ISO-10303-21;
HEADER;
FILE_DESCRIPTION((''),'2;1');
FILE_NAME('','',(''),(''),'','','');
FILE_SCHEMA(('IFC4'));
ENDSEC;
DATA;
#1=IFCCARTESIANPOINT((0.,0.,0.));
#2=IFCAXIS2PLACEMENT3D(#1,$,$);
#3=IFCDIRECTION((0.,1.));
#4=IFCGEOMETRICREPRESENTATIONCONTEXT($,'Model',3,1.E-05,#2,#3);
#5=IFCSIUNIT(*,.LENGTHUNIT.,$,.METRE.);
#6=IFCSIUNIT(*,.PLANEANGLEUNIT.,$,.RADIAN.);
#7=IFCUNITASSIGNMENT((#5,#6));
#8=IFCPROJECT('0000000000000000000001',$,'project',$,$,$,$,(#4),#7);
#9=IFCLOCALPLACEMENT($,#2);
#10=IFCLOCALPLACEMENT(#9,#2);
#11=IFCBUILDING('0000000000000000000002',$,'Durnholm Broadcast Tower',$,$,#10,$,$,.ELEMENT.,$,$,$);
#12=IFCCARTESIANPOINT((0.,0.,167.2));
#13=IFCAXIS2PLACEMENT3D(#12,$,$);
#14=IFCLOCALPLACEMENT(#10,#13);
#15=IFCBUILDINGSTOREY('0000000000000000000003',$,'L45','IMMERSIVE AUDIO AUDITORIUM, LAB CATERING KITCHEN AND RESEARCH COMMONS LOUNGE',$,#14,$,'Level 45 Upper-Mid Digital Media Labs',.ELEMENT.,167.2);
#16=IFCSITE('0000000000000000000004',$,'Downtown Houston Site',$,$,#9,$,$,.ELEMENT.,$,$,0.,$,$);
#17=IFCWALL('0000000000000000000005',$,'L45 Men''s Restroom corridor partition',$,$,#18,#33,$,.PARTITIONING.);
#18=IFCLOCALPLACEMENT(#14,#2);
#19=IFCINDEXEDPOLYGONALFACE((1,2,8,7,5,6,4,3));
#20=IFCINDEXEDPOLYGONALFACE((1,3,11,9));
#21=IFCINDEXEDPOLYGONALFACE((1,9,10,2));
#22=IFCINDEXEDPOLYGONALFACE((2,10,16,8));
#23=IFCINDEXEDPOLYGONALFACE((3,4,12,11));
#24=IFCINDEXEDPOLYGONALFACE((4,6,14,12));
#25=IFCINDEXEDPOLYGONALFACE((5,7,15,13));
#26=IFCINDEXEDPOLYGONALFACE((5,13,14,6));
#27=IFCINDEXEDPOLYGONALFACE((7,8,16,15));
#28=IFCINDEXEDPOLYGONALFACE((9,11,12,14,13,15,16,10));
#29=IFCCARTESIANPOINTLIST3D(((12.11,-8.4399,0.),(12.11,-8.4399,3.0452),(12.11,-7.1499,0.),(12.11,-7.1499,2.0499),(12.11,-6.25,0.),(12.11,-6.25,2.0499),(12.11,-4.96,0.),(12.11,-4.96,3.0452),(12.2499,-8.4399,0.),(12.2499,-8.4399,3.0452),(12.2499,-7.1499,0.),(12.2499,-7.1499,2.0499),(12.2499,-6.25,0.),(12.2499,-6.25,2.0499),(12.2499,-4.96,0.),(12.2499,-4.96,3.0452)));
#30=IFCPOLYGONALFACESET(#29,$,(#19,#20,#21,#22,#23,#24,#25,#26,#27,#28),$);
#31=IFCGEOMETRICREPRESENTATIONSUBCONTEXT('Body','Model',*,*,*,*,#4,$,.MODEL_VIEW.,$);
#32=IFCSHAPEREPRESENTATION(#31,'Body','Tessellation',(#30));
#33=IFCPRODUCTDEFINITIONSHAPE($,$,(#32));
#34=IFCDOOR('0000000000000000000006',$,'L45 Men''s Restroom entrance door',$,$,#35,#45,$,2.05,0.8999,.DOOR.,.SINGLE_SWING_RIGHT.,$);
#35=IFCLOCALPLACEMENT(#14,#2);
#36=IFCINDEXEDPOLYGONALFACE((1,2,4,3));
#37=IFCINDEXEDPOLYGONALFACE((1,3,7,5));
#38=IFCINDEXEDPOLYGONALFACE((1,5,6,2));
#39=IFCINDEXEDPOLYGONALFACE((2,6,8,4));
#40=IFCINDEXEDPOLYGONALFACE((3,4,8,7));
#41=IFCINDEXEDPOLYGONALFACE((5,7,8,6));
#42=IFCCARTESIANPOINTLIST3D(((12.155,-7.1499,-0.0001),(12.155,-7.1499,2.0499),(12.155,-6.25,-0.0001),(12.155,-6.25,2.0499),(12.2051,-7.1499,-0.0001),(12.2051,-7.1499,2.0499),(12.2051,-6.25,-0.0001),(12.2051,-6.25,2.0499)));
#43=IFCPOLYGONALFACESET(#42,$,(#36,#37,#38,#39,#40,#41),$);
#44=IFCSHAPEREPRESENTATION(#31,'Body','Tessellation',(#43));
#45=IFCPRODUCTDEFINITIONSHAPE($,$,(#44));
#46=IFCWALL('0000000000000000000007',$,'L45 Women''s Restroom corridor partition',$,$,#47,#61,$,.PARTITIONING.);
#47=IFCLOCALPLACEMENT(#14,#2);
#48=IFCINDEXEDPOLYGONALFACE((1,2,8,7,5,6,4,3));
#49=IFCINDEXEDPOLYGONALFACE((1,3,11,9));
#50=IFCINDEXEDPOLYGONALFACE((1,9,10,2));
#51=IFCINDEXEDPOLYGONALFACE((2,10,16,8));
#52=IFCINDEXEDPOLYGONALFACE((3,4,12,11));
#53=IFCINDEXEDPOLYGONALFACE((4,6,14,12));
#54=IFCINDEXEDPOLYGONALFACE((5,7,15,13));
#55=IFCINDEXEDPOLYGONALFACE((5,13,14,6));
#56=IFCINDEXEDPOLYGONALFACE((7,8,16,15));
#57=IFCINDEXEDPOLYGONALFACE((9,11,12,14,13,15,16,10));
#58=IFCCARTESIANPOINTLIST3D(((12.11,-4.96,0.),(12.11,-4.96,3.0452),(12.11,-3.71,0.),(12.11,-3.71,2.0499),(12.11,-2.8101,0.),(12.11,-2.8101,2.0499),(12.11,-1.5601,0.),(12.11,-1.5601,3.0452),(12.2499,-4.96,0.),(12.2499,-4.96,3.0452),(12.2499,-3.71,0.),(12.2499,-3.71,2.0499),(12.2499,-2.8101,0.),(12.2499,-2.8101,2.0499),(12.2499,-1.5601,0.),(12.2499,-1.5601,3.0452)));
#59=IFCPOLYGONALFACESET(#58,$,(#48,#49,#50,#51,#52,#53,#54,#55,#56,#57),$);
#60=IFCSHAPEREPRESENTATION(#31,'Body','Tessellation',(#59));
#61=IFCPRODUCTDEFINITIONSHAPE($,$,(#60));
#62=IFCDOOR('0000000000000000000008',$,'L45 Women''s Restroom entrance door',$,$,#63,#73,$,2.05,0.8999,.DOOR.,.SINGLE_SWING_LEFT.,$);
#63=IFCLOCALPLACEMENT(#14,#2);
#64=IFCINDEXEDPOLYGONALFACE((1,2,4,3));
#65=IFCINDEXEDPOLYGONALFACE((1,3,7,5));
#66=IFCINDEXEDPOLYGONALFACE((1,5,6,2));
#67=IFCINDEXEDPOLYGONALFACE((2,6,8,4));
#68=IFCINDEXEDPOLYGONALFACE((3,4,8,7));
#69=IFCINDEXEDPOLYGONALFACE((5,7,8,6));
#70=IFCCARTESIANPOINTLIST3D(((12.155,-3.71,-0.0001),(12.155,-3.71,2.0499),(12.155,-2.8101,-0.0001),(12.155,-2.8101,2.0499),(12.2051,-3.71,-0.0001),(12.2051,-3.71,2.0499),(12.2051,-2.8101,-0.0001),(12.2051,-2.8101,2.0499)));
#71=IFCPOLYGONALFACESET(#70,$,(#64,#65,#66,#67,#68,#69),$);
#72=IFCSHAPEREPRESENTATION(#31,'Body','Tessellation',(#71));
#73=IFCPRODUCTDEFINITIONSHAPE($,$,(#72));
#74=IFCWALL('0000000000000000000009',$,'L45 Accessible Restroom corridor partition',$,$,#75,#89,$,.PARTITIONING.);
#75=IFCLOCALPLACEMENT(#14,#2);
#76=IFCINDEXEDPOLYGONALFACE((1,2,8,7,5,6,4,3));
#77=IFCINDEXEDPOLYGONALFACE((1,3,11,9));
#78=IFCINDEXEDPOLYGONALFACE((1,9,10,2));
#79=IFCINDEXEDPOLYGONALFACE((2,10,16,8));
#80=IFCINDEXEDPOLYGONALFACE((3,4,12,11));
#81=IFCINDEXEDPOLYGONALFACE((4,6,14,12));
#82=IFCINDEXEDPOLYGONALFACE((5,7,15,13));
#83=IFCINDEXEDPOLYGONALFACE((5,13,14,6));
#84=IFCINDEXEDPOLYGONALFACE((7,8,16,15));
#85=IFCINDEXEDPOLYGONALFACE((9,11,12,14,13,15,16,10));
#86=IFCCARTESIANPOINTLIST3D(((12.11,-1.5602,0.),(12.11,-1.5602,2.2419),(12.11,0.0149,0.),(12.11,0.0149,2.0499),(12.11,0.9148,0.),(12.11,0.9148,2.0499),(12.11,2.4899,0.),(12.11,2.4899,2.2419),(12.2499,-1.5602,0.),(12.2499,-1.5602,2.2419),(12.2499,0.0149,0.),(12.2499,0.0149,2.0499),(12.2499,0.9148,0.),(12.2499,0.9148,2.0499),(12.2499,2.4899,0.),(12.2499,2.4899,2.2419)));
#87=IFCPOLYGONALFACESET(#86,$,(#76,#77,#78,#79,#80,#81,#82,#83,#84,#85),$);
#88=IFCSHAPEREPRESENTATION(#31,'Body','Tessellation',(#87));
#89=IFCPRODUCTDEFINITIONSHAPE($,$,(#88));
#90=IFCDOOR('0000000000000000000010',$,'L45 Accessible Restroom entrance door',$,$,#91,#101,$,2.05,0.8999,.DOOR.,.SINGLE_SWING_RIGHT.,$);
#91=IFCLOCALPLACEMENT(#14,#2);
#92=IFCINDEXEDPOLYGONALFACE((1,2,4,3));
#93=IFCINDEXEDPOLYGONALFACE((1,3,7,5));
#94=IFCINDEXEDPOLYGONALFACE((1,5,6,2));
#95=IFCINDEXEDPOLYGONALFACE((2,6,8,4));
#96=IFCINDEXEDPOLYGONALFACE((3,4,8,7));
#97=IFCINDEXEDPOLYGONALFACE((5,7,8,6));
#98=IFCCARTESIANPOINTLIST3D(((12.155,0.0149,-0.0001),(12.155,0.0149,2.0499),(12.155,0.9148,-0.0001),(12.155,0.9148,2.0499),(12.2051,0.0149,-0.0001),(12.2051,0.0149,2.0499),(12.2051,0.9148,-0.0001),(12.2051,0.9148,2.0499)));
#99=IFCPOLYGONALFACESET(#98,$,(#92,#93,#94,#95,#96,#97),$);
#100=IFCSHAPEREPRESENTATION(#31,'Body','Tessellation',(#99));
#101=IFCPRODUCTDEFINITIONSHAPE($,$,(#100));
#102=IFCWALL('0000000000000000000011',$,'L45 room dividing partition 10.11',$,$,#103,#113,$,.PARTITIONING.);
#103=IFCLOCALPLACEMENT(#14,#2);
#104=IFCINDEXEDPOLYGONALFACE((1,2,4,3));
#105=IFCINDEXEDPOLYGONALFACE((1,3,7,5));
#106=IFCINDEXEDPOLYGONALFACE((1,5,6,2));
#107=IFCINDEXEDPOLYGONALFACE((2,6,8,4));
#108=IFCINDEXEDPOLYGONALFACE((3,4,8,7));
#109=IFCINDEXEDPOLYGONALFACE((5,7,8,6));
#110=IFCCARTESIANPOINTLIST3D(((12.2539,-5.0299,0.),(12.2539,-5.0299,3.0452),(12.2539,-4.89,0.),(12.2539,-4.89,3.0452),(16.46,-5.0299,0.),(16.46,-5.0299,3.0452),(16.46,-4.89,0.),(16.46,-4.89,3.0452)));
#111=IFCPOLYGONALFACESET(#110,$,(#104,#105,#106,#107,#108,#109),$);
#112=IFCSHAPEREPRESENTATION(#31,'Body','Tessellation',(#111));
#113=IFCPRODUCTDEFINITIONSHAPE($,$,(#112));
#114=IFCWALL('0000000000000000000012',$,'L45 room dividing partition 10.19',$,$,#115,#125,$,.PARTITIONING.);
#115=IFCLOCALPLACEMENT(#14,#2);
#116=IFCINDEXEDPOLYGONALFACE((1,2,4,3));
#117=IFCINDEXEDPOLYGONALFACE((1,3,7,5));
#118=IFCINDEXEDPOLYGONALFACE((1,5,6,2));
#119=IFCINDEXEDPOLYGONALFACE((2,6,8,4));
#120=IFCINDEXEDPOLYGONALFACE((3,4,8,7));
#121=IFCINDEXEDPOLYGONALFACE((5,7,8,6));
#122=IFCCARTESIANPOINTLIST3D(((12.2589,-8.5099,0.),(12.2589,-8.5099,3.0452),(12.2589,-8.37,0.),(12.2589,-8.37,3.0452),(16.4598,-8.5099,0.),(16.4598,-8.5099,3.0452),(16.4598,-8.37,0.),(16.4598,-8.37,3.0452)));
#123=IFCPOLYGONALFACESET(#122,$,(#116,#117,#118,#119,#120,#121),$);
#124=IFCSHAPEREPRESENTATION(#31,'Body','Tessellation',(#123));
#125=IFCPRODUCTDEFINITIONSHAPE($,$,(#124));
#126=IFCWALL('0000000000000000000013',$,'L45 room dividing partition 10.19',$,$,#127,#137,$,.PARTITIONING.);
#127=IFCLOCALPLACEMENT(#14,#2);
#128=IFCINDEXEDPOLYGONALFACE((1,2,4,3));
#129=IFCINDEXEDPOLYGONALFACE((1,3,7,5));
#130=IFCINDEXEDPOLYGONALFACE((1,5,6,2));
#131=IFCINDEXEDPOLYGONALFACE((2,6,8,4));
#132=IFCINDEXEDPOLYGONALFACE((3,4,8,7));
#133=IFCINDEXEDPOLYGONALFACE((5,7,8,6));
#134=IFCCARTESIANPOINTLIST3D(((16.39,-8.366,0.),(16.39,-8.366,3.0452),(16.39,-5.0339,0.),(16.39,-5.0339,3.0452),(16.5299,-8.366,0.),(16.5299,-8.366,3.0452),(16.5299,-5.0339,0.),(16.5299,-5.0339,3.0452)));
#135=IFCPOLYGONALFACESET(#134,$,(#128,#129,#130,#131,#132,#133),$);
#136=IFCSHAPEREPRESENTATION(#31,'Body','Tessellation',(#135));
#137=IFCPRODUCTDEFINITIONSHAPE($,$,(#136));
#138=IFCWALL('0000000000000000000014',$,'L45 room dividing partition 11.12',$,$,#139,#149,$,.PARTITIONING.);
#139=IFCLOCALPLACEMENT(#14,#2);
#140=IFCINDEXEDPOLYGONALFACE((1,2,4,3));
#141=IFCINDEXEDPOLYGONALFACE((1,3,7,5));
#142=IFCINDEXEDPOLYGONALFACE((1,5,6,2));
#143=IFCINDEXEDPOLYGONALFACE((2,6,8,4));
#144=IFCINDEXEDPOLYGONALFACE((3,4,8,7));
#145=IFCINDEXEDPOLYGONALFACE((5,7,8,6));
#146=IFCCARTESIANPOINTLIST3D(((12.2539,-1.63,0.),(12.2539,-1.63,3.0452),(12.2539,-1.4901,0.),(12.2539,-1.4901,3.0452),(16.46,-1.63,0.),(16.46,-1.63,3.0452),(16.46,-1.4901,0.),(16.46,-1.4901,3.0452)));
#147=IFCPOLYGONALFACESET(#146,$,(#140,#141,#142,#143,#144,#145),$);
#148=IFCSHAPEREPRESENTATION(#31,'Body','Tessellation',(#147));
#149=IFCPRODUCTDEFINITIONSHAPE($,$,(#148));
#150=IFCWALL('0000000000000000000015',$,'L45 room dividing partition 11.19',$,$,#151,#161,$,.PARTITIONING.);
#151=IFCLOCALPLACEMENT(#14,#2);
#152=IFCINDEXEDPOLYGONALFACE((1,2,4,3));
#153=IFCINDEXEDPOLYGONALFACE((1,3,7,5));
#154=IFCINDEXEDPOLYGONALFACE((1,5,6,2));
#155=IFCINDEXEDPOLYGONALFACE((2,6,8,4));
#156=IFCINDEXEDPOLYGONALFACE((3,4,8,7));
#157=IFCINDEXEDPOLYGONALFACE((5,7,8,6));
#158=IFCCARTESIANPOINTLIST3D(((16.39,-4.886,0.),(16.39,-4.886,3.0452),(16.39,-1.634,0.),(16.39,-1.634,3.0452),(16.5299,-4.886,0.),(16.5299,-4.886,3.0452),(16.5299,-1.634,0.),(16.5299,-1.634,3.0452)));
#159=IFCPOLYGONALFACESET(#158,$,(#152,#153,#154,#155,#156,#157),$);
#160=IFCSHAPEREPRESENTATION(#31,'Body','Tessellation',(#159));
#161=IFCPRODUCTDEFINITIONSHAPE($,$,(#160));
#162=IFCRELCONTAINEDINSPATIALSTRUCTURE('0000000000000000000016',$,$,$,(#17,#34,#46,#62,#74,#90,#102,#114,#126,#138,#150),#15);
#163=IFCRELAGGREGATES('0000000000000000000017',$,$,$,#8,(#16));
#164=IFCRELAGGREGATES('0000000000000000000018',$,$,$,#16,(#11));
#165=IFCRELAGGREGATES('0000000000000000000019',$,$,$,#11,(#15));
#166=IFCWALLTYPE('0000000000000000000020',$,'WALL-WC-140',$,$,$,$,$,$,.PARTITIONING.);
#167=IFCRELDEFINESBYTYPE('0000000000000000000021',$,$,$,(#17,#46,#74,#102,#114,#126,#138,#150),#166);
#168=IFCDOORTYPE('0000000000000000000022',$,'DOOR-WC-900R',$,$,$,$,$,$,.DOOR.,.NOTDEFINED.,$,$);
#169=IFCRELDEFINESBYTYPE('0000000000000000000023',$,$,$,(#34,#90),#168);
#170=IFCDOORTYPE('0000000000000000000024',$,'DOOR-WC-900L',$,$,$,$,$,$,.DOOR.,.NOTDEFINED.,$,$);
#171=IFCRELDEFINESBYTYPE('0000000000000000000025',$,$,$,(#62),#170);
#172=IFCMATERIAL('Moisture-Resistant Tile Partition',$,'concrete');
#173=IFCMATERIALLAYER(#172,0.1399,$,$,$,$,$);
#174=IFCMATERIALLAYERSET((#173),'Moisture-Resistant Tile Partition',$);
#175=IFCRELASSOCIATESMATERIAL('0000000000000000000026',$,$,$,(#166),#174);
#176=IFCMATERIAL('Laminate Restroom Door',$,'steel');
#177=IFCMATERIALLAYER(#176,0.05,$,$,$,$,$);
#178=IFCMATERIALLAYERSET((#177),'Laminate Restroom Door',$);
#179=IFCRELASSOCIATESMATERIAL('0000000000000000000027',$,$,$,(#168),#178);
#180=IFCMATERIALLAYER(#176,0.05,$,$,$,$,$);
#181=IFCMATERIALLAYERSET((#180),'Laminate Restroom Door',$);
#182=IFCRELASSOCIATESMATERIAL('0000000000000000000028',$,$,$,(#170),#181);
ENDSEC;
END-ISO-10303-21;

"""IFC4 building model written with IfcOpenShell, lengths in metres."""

from ifc_helpers import new_model, si_unit, direction, frame, frame_2d, origin, place, context, subcontext, project, spatial, rectangle, extrude, source, transform, mapped, material, layer, layer_set, type_object, type_shapes, element, fill, save


model = new_model("IFC4")

# Units and contexts
model_context = context("Model", 3, precision=1e-05, world=origin(), true_north=direction((0.0, 1.0)))
body_context = subcontext(model_context, "Body", "Model", "MODEL_VIEW")
ifc_project = project(units=[si_unit("LENGTHUNIT", "METRE"), si_unit("PLANEANGLEUNIT", "RADIAN")], contexts=[model_context])

# Site, building, storey
site_placement = place(None, origin())
site = spatial("IfcSite", under=ifc_project, at=site_placement, Name="Downtown Houston Site", CompositionType="ELEMENT", RefElevation=0.0)
building_placement = place(site_placement, origin())
building = spatial("IfcBuilding", under=site, at=building_placement, Name="Durnholm Broadcast Tower", CompositionType="ELEMENT")
storey_placement = place(building_placement, frame((0.0, 0.0, 167.2)))
storey = spatial("IfcBuildingStorey", under=building, at=storey_placement, Name="L45", Description="IMMERSIVE AUDIO AUDITORIUM, LAB CATERING KITCHEN AND RESEARCH COMMONS LOUNGE", LongName="Level 45 Upper-Mid Digital Media Labs", CompositionType="ELEMENT", Elevation=167.2)

# Walls, openings, doors
ifc_material_1 = material(Name="Moisture-Resistant Tile Partition", Category="concrete")
ifc_layer_1 = layer(ifc_material_1, 0.1399)
ifc_layer_set_1 = layer_set([ifc_layer_1], Name="Moisture-Resistant Tile Partition")
wall_type_1 = type_object("IfcWallType", Name="WALL-WC-140", PredefinedType="PARTITIONING", material=ifc_layer_set_1)
wall_1_placement = place(storey_placement, frame((12.1799, -8.4399, 0.0), z_axis=(0.0, 0.0, 1.0), x_axis=(0.0, 1.0, 0.0)))
wall_1 = element("IfcWall", 1, at=wall_1_placement, inside=storey, type_object=wall_type_1, Name="L45 Men's Restroom corridor partition", PredefinedType="PARTITIONING", context=body_context, shape_type="SweptSolid", body=[
    extrude(rectangle(XDim=3.48, YDim=0.1399, at=frame_2d((1.74, 0.0))), origin(), (0.0, 0.0, 1.0), 3.0452),
])
opening_1_placement = place(wall_1_placement, frame((1.29, 0.0, 0.0)))
opening_1 = element("IfcOpeningElement", 2, at=opening_1_placement, cuts=wall_1, PredefinedType="OPENING", context=body_context, shape_type="SweptSolid", body=[
    extrude(rectangle(XDim=0.8999, YDim=2.05, at=frame_2d((0.45, 1.0249))), frame((0.0, 0.0801, 0.0), z_axis=(0.0, -1.0, 0.0), x_axis=(1.0, 0.0, 0.0)), (0.0, 0.0, 1.0), 0.1599),
])
ifc_material_2 = material(Name="Laminate Restroom Door", Category="steel")
ifc_layer_2 = layer(ifc_material_2, 0.05)
ifc_layer_set_2 = layer_set([ifc_layer_2], Name="Laminate Restroom Door")
door_type_1 = type_object("IfcDoorType", Name="DOOR-WC-900R", OperationType="NOTDEFINED", PredefinedType="DOOR", material=ifc_layer_set_2)
shared_shape_1 = source(origin(), body_context, "Body", "SweptSolid", [
    extrude(rectangle(XDim=0.8999, YDim=2.05, at=frame_2d((0.45, 1.0249))), frame((0.0, 0.0249, 0.0), z_axis=(0.0, -1.0, 0.0), x_axis=(1.0, 0.0, 0.0)), (0.0, 0.0, 1.0), 0.05),
])
type_shapes(door_type_1, [shared_shape_1])
door_1_placement = place(opening_1_placement, origin())
door_1 = element("IfcDoor", 3, at=door_1_placement, inside=storey, type_object=door_type_1, Name="L45 Men's Restroom entrance door", OperationType="SINGLE_SWING_RIGHT", OverallHeight=2.05, OverallWidth=0.8999, PredefinedType="DOOR", context=body_context, shape_type="MappedRepresentation", body=[
    mapped(shared_shape_1, transform((0.0, 0.0, 0.0), x_axis=(1.0, 0.0, 0.0), y_axis=(0.0, 1.0, 0.0), z_axis=(0.0, 0.0, 1.0), scale=1.0)),
])
fill(opening_1, door_1)
wall_2_placement = place(storey_placement, frame((12.1799, -4.96, 0.0), z_axis=(0.0, 0.0, 1.0), x_axis=(0.0, 1.0, 0.0)))
wall_2 = element("IfcWall", 4, at=wall_2_placement, inside=storey, type_object=wall_type_1, Name="L45 Women's Restroom corridor partition", PredefinedType="PARTITIONING", context=body_context, shape_type="SweptSolid", body=[
    extrude(rectangle(XDim=3.3999, YDim=0.1399, at=frame_2d((1.7, 0.0))), origin(), (0.0, 0.0, 1.0), 3.0452),
])
opening_2_placement = place(wall_2_placement, frame((1.25, 0.0, 0.0)))
opening_2 = element("IfcOpeningElement", 5, at=opening_2_placement, cuts=wall_2, PredefinedType="OPENING", context=body_context, shape_type="SweptSolid", body=[
    extrude(rectangle(XDim=0.8999, YDim=2.05, at=frame_2d((0.45, 1.0249))), frame((0.0, 0.0801, 0.0), z_axis=(0.0, -1.0, 0.0), x_axis=(1.0, 0.0, 0.0)), (0.0, 0.0, 1.0), 0.1599),
])
ifc_layer_3 = layer(ifc_material_2, 0.05)
ifc_layer_set_3 = layer_set([ifc_layer_3], Name="Laminate Restroom Door")
door_type_2 = type_object("IfcDoorType", Name="DOOR-WC-900L", OperationType="NOTDEFINED", PredefinedType="DOOR", material=ifc_layer_set_3)
shared_shape_2 = source(origin(), body_context, "Body", "SweptSolid", [
    extrude(rectangle(XDim=0.8999, YDim=2.05, at=frame_2d((0.45, 1.0249))), frame((0.0, 0.0249, 0.0), z_axis=(0.0, -1.0, 0.0), x_axis=(1.0, 0.0, 0.0)), (0.0, 0.0, 1.0), 0.05),
])
type_shapes(door_type_2, [shared_shape_2])
door_2_placement = place(opening_2_placement, origin())
door_2 = element("IfcDoor", 6, at=door_2_placement, inside=storey, type_object=door_type_2, Name="L45 Women's Restroom entrance door", OperationType="SINGLE_SWING_LEFT", OverallHeight=2.05, OverallWidth=0.8999, PredefinedType="DOOR", context=body_context, shape_type="MappedRepresentation", body=[
    mapped(shared_shape_2, transform((0.0, 0.0, 0.0), x_axis=(1.0, 0.0, 0.0), y_axis=(0.0, 1.0, 0.0), z_axis=(0.0, 0.0, 1.0), scale=1.0)),
])
fill(opening_2, door_2)
wall_3_placement = place(storey_placement, frame((12.1799, -1.5601, 0.0), z_axis=(0.0, 0.0, 1.0), x_axis=(0.0, 1.0, 0.0)))
wall_3 = element("IfcWall", 7, at=wall_3_placement, inside=storey, type_object=wall_type_1, Name="L45 Accessible Restroom corridor partition", PredefinedType="PARTITIONING", context=body_context, shape_type="SweptSolid", body=[
    extrude(rectangle(XDim=4.05, YDim=0.1399, at=frame_2d((2.0249, 0.0))), origin(), (0.0, 0.0, 1.0), 2.2419),
])
opening_3_placement = place(wall_3_placement, frame((1.575, 0.0, 0.0)))
opening_3 = element("IfcOpeningElement", 8, at=opening_3_placement, cuts=wall_3, PredefinedType="OPENING", context=body_context, shape_type="SweptSolid", body=[
    extrude(rectangle(XDim=0.8999, YDim=2.05, at=frame_2d((0.45, 1.0249))), frame((0.0, 0.0801, 0.0), z_axis=(0.0, -1.0, 0.0), x_axis=(1.0, 0.0, 0.0)), (0.0, 0.0, 1.0), 0.1599),
])
door_3_placement = place(opening_3_placement, origin())
door_3 = element("IfcDoor", 9, at=door_3_placement, inside=storey, type_object=door_type_1, Name="L45 Accessible Restroom entrance door", OperationType="SINGLE_SWING_RIGHT", OverallHeight=2.05, OverallWidth=0.8999, PredefinedType="DOOR", context=body_context, shape_type="MappedRepresentation", body=[
    mapped(shared_shape_1, transform((0.0, 0.0, 0.0), x_axis=(1.0, 0.0, 0.0), y_axis=(0.0, 1.0, 0.0), z_axis=(0.0, 0.0, 1.0), scale=1.0)),
])
fill(opening_3, door_3)

# Walls
wall_4_placement = place(storey_placement, frame((12.2539, -4.96, 0.0), z_axis=(0.0, 0.0, 1.0), x_axis=(1.0, 0.0, 0.0)))
element("IfcWall", 10, at=wall_4_placement, inside=storey, type_object=wall_type_1, Name="L45 room dividing partition 10.11", PredefinedType="PARTITIONING", context=body_context, shape_type="SweptSolid", body=[
    extrude(rectangle(XDim=4.2061, YDim=0.1399, at=frame_2d((2.103, 0.0))), origin(), (0.0, 0.0, 1.0), 3.0452),
])
wall_5_placement = place(storey_placement, frame((16.46, -8.4399, 0.0), z_axis=(0.0, 0.0, 1.0), x_axis=(-1.0, 0.0, 0.0)))
element("IfcWall", 11, at=wall_5_placement, inside=storey, type_object=wall_type_1, Name="L45 room dividing partition 10.19", PredefinedType="PARTITIONING", context=body_context, shape_type="SweptSolid", body=[
    extrude(rectangle(XDim=4.2009, YDim=0.1399, at=frame_2d((2.1006, 0.0))), origin(), (0.0, 0.0, 1.0), 3.0452),
])
wall_6_placement = place(storey_placement, frame((16.46, -5.0339, 0.0), z_axis=(0.0, 0.0, 1.0), x_axis=(0.0, -1.0, 0.0)))
element("IfcWall", 12, at=wall_6_placement, inside=storey, type_object=wall_type_1, Name="L45 room dividing partition 10.19", PredefinedType="PARTITIONING", context=body_context, shape_type="SweptSolid", body=[
    extrude(rectangle(XDim=3.332, YDim=0.1399, at=frame_2d((1.666, 0.0))), origin(), (0.0, 0.0, 1.0), 3.0452),
])
wall_7_placement = place(storey_placement, frame((12.2539, -1.5601, 0.0), z_axis=(0.0, 0.0, 1.0), x_axis=(1.0, 0.0, 0.0)))
element("IfcWall", 13, at=wall_7_placement, inside=storey, type_object=wall_type_1, Name="L45 room dividing partition 11.12", PredefinedType="PARTITIONING", context=body_context, shape_type="SweptSolid", body=[
    extrude(rectangle(XDim=4.2061, YDim=0.1399, at=frame_2d((2.103, 0.0))), origin(), (0.0, 0.0, 1.0), 3.0452),
])
wall_8_placement = place(storey_placement, frame((16.46, -1.634, 0.0), z_axis=(0.0, 0.0, 1.0), x_axis=(0.0, -1.0, 0.0)))
element("IfcWall", 14, at=wall_8_placement, inside=storey, type_object=wall_type_1, Name="L45 room dividing partition 11.19", PredefinedType="PARTITIONING", context=body_context, shape_type="SweptSolid", body=[
    extrude(rectangle(XDim=3.252, YDim=0.1399, at=frame_2d((1.626, 0.0))), origin(), (0.0, 0.0, 1.0), 3.0452),
])

save(model, "model.ifc")
